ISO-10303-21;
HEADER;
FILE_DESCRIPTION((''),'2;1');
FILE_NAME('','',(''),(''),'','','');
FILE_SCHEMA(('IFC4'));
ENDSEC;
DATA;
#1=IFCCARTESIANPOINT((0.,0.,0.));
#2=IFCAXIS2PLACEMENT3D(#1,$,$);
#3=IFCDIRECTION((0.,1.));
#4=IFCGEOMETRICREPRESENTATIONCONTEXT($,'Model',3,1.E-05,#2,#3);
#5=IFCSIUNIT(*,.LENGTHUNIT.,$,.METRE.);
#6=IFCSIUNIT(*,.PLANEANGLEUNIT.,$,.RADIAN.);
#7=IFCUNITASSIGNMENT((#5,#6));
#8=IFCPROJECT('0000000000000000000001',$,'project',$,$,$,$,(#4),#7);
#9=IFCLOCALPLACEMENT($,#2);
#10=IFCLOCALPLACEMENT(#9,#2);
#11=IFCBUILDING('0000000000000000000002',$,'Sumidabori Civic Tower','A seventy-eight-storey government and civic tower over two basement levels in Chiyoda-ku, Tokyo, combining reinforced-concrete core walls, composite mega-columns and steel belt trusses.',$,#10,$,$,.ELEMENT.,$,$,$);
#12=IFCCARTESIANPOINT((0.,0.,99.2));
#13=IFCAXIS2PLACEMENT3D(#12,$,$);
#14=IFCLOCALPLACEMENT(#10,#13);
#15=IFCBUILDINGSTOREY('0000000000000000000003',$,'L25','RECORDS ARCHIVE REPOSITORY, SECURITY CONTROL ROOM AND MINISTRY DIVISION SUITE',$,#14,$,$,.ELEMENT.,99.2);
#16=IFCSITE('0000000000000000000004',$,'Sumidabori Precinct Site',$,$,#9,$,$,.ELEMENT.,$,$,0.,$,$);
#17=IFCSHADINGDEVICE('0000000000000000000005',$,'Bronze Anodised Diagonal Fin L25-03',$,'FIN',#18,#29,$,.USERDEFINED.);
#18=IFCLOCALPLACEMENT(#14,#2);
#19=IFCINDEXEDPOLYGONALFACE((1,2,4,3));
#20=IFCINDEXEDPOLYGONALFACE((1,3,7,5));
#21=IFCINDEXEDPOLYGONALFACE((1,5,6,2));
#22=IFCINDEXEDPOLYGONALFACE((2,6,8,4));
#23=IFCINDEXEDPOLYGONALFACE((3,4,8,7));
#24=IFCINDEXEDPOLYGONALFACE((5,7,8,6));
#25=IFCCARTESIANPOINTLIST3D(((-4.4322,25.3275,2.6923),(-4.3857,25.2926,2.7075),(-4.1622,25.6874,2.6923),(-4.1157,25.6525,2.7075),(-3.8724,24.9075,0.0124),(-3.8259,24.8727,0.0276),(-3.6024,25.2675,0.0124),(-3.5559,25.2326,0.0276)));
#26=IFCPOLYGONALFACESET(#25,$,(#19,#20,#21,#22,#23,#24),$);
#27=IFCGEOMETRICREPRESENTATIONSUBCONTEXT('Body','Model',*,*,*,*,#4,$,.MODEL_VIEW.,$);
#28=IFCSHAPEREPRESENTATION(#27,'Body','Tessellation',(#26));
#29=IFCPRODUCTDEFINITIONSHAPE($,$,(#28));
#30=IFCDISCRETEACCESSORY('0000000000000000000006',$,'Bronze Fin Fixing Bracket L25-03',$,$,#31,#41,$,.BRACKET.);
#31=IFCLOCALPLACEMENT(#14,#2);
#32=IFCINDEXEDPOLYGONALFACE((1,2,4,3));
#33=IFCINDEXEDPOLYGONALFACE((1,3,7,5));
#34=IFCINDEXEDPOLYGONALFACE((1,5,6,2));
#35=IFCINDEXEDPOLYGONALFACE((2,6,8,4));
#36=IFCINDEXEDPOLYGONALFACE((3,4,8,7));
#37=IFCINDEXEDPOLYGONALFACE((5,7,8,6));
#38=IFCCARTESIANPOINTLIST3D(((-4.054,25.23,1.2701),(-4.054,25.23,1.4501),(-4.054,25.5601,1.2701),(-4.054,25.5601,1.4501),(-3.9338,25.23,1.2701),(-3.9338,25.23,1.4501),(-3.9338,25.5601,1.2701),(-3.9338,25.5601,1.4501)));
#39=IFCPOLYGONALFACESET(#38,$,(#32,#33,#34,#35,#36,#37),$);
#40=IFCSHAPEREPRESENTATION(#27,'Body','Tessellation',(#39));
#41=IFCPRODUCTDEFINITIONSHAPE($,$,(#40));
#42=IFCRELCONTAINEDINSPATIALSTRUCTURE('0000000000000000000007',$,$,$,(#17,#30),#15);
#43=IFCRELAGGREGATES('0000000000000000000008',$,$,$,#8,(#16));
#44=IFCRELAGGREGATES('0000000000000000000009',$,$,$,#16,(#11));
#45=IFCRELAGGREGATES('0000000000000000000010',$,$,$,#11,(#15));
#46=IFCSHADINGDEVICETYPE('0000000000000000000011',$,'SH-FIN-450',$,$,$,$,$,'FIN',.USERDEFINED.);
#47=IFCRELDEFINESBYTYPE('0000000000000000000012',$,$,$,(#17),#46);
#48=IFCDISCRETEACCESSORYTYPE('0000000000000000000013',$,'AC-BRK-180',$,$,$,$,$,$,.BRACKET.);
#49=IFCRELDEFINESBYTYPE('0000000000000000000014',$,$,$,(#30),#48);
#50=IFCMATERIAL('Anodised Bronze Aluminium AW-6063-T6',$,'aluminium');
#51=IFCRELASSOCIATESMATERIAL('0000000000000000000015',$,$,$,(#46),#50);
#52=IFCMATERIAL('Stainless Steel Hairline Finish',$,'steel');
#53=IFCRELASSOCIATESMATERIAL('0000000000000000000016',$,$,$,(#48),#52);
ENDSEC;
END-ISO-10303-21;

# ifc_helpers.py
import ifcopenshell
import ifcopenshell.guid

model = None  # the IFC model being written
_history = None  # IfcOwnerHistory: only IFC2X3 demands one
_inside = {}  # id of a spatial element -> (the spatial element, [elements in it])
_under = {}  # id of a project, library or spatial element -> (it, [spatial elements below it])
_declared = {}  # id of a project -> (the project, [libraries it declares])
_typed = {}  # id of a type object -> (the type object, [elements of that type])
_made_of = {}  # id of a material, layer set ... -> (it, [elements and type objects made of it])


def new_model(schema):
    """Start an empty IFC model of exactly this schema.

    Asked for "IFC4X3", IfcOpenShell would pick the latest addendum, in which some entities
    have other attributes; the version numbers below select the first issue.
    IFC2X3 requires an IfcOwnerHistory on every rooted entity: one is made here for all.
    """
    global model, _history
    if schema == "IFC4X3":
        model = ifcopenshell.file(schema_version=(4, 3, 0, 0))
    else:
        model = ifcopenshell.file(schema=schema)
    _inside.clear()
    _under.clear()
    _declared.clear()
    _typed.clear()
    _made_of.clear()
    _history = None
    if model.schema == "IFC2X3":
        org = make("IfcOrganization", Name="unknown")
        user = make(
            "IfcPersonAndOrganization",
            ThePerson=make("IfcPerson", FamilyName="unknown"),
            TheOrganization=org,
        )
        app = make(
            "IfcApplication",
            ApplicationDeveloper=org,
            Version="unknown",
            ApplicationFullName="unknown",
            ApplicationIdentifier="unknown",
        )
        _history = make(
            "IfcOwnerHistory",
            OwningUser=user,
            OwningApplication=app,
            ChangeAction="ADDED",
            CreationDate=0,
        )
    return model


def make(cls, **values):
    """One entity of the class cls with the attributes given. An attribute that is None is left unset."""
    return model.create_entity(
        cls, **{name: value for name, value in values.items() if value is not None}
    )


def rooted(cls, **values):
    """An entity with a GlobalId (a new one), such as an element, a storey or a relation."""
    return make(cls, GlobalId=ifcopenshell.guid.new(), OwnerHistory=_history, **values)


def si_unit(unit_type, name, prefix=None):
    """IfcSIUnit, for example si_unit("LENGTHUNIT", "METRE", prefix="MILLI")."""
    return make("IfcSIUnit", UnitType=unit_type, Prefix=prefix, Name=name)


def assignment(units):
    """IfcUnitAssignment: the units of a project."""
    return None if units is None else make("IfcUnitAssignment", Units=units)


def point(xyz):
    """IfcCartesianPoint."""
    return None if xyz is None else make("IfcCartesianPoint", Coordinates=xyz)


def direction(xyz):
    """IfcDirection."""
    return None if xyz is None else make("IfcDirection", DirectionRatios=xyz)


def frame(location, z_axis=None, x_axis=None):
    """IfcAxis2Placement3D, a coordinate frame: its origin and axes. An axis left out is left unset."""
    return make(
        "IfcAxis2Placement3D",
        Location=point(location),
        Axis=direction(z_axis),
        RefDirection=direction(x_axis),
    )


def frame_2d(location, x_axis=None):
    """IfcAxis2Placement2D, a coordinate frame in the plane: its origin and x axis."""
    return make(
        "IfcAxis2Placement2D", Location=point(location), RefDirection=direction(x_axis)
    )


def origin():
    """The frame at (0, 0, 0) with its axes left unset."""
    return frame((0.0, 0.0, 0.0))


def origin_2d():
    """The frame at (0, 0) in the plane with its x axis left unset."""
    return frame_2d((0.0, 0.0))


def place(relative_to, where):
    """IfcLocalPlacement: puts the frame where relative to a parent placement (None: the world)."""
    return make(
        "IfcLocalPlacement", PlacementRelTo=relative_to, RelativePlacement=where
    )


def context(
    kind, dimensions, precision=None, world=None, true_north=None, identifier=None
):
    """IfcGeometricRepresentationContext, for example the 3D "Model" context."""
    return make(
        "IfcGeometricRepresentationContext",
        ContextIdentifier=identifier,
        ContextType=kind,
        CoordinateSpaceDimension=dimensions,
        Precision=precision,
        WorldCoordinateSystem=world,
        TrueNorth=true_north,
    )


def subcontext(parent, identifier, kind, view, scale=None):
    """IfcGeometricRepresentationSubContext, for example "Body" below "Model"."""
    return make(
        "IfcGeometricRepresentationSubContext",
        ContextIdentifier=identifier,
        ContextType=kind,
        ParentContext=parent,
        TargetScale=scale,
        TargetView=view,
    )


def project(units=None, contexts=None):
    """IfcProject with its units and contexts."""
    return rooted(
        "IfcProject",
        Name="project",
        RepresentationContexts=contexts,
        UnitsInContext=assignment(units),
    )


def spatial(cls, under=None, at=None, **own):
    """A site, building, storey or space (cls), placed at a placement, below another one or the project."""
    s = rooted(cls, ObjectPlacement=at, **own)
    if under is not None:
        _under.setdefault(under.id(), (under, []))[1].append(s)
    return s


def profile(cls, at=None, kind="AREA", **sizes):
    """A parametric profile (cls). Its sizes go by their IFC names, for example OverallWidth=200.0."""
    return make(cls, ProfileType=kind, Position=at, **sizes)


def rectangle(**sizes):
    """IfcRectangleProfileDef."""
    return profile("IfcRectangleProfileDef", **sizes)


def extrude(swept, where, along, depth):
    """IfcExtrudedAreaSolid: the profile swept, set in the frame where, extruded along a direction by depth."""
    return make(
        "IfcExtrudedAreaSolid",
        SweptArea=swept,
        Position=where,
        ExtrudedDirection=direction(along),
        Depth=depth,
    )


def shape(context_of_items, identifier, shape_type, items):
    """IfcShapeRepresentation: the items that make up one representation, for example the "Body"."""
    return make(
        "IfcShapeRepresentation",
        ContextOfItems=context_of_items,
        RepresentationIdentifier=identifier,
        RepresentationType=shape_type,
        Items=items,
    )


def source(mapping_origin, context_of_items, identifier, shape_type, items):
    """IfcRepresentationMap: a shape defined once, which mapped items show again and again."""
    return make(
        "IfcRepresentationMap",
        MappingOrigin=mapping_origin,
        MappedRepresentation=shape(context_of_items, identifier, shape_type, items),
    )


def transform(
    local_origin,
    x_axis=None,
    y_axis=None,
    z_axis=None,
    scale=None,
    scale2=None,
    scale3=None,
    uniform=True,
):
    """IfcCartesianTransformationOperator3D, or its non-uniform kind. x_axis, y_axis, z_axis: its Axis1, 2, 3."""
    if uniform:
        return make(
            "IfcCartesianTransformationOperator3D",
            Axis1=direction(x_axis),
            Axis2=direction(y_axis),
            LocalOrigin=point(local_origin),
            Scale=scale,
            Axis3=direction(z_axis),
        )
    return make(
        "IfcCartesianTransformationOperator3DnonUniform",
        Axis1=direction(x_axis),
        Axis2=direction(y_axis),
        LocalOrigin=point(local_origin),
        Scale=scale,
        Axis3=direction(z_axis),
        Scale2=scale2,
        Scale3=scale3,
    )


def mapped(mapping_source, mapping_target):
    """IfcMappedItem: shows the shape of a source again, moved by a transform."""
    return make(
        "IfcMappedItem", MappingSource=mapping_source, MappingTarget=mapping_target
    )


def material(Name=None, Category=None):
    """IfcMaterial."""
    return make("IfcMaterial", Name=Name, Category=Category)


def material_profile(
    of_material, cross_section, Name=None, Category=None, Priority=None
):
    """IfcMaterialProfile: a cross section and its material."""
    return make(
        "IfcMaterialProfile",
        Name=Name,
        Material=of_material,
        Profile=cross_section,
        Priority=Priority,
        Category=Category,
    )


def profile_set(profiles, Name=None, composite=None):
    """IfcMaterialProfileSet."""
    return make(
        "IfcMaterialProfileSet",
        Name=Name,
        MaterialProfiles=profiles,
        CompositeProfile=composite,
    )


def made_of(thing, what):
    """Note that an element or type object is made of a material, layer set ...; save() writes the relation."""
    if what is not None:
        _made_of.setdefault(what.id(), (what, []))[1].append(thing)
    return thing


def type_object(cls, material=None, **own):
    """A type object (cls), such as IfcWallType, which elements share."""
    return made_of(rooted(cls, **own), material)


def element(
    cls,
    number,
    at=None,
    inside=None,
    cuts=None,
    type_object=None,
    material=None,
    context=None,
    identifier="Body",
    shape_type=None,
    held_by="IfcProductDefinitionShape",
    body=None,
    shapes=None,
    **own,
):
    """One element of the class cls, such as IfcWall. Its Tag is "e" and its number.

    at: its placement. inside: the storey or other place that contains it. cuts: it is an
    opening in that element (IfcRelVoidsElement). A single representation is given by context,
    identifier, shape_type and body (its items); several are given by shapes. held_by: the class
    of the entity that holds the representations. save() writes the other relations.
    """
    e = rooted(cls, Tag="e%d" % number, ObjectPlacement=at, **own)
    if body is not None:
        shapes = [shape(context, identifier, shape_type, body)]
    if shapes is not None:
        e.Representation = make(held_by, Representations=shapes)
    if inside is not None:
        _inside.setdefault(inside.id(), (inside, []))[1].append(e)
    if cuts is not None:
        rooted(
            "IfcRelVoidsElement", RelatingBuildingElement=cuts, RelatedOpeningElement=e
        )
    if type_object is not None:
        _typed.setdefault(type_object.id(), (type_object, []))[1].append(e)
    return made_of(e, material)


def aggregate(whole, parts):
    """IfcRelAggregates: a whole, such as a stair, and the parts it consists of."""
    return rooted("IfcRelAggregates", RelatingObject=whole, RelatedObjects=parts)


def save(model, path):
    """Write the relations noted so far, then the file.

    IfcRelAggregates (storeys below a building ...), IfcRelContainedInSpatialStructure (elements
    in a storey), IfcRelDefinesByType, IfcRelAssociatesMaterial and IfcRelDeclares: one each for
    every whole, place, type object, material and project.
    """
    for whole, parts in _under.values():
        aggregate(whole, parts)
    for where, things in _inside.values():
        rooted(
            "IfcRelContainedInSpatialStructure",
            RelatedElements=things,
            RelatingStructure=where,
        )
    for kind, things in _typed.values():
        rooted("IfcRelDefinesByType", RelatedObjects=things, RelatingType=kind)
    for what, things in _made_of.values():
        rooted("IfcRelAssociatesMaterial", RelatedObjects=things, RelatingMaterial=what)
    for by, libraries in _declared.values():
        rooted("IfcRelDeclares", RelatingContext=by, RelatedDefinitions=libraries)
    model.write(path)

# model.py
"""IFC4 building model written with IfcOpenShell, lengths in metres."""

from ifc_helpers import new_model, si_unit, direction, frame, origin, origin_2d, place, context, subcontext, project, spatial, rectangle, extrude, source, transform, mapped, material, material_profile, profile_set, type_object, element, save


model = new_model("IFC4")

# Units and contexts
model_context = context("Model", 3, precision=1e-05, world=origin(), true_north=direction((0.0, 1.0)))
body_context = subcontext(model_context, "Body", "Model", "MODEL_VIEW")
ifc_project = project(units=[si_unit("LENGTHUNIT", "METRE"), si_unit("PLANEANGLEUNIT", "RADIAN")], contexts=[model_context])

# Site, building, storey
site_placement = place(None, origin())
site = spatial("IfcSite", under=ifc_project, at=site_placement, Name="Sumidabori Precinct Site", CompositionType="ELEMENT", RefElevation=0.0)
building_placement = place(site_placement, origin())
building = spatial("IfcBuilding", under=site, at=building_placement, Name="Sumidabori Civic Tower", Description="A seventy-eight-storey government and civic tower over two basement levels in Chiyoda-ku, Tokyo, combining reinforced-concrete core walls, composite mega-columns and steel belt trusses.", CompositionType="ELEMENT")
storey_placement = place(building_placement, frame((0.0, 0.0, 99.2)))
storey = spatial("IfcBuildingStorey", under=building, at=storey_placement, Name="L25", Description="RECORDS ARCHIVE REPOSITORY, SECURITY CONTROL ROOM AND MINISTRY DIVISION SUITE", CompositionType="ELEMENT", Elevation=99.2)

# Shared definitions
ifc_material_1 = material(Name="Anodised Bronze Aluminium AW-6063-T6", Category="aluminium")

# Shared definitions
ifc_material_2 = material(Name="Stainless Steel Hairline Finish", Category="steel")

# Shading device
ifc_material_profile_1 = material_profile(ifc_material_1, rectangle(XDim=0.0601, YDim=0.45, at=origin_2d()), Name="BRONZE FIN 450x60")
ifc_profile_set_1 = profile_set([ifc_material_profile_1], Name="Anodised Bronze Aluminium AW-6063-T6")
shading_device_type = type_object("IfcShadingDeviceType", Name="SH-FIN-450", ElementType="FIN", PredefinedType="USERDEFINED", material=ifc_profile_set_1)
shared_shape_1 = source(origin(), body_context, "Body", "SweptSolid", [
    extrude(rectangle(XDim=0.0601, YDim=0.45, at=origin_2d()), origin(), (0.0, 0.0, 1.0), 2.7698),
])
shading_device_placement = place(storey_placement, frame((-3.7141, 25.0701, 0.02), z_axis=(-0.202114, 0.151608, 0.967556), x_axis=(0.774004, -0.580588, 0.252656)))
element("IfcShadingDevice", 1, at=shading_device_placement, inside=storey, type_object=shading_device_type, Name="Bronze Anodised Diagonal Fin L25-03", ObjectType="FIN", PredefinedType="USERDEFINED", context=body_context, shape_type="MappedRepresentation", body=[
    mapped(shared_shape_1, transform((0.0, 0.0, 0.0), x_axis=(1.0, 0.0, 0.0), y_axis=(0.0, 1.0, 0.0), z_axis=(0.0, 0.0, 1.0), scale=1.0)),
])

# Discrete accessory
ifc_material_profile_2 = material_profile(ifc_material_2, rectangle(XDim=0.1201, YDim=0.1799, at=origin_2d()), Name="STEEL BRACKET 180x120")
ifc_profile_set_2 = profile_set([ifc_material_profile_2], Name="Stainless Steel Hairline Finish")
discrete_accessory_type = type_object("IfcDiscreteAccessoryType", Name="AC-BRK-180", PredefinedType="BRACKET", material=ifc_profile_set_2)
shared_shape_2 = source(origin(), body_context, "Body", "SweptSolid", [
    extrude(rectangle(XDim=0.1201, YDim=0.1799, at=origin_2d()), origin(), (0.0, 0.0, 1.0), 0.3301),
])
discrete_accessory_placement = place(storey_placement, frame((-3.9939, 25.23, 1.3601), z_axis=(0.0, 1.0, 0.0), x_axis=(-1.0, 0.0, 0.0)))
element("IfcDiscreteAccessory", 2, at=discrete_accessory_placement, inside=storey, type_object=discrete_accessory_type, Name="Bronze Fin Fixing Bracket L25-03", PredefinedType="BRACKET", context=body_context, shape_type="MappedRepresentation", body=[
    mapped(shared_shape_2, transform((0.0, 0.0, 0.0), x_axis=(1.0, 0.0, 0.0), y_axis=(0.0, 1.0, 0.0), z_axis=(0.0, 0.0, 1.0), scale=1.0)),
])

save(model, "model.ifc")
